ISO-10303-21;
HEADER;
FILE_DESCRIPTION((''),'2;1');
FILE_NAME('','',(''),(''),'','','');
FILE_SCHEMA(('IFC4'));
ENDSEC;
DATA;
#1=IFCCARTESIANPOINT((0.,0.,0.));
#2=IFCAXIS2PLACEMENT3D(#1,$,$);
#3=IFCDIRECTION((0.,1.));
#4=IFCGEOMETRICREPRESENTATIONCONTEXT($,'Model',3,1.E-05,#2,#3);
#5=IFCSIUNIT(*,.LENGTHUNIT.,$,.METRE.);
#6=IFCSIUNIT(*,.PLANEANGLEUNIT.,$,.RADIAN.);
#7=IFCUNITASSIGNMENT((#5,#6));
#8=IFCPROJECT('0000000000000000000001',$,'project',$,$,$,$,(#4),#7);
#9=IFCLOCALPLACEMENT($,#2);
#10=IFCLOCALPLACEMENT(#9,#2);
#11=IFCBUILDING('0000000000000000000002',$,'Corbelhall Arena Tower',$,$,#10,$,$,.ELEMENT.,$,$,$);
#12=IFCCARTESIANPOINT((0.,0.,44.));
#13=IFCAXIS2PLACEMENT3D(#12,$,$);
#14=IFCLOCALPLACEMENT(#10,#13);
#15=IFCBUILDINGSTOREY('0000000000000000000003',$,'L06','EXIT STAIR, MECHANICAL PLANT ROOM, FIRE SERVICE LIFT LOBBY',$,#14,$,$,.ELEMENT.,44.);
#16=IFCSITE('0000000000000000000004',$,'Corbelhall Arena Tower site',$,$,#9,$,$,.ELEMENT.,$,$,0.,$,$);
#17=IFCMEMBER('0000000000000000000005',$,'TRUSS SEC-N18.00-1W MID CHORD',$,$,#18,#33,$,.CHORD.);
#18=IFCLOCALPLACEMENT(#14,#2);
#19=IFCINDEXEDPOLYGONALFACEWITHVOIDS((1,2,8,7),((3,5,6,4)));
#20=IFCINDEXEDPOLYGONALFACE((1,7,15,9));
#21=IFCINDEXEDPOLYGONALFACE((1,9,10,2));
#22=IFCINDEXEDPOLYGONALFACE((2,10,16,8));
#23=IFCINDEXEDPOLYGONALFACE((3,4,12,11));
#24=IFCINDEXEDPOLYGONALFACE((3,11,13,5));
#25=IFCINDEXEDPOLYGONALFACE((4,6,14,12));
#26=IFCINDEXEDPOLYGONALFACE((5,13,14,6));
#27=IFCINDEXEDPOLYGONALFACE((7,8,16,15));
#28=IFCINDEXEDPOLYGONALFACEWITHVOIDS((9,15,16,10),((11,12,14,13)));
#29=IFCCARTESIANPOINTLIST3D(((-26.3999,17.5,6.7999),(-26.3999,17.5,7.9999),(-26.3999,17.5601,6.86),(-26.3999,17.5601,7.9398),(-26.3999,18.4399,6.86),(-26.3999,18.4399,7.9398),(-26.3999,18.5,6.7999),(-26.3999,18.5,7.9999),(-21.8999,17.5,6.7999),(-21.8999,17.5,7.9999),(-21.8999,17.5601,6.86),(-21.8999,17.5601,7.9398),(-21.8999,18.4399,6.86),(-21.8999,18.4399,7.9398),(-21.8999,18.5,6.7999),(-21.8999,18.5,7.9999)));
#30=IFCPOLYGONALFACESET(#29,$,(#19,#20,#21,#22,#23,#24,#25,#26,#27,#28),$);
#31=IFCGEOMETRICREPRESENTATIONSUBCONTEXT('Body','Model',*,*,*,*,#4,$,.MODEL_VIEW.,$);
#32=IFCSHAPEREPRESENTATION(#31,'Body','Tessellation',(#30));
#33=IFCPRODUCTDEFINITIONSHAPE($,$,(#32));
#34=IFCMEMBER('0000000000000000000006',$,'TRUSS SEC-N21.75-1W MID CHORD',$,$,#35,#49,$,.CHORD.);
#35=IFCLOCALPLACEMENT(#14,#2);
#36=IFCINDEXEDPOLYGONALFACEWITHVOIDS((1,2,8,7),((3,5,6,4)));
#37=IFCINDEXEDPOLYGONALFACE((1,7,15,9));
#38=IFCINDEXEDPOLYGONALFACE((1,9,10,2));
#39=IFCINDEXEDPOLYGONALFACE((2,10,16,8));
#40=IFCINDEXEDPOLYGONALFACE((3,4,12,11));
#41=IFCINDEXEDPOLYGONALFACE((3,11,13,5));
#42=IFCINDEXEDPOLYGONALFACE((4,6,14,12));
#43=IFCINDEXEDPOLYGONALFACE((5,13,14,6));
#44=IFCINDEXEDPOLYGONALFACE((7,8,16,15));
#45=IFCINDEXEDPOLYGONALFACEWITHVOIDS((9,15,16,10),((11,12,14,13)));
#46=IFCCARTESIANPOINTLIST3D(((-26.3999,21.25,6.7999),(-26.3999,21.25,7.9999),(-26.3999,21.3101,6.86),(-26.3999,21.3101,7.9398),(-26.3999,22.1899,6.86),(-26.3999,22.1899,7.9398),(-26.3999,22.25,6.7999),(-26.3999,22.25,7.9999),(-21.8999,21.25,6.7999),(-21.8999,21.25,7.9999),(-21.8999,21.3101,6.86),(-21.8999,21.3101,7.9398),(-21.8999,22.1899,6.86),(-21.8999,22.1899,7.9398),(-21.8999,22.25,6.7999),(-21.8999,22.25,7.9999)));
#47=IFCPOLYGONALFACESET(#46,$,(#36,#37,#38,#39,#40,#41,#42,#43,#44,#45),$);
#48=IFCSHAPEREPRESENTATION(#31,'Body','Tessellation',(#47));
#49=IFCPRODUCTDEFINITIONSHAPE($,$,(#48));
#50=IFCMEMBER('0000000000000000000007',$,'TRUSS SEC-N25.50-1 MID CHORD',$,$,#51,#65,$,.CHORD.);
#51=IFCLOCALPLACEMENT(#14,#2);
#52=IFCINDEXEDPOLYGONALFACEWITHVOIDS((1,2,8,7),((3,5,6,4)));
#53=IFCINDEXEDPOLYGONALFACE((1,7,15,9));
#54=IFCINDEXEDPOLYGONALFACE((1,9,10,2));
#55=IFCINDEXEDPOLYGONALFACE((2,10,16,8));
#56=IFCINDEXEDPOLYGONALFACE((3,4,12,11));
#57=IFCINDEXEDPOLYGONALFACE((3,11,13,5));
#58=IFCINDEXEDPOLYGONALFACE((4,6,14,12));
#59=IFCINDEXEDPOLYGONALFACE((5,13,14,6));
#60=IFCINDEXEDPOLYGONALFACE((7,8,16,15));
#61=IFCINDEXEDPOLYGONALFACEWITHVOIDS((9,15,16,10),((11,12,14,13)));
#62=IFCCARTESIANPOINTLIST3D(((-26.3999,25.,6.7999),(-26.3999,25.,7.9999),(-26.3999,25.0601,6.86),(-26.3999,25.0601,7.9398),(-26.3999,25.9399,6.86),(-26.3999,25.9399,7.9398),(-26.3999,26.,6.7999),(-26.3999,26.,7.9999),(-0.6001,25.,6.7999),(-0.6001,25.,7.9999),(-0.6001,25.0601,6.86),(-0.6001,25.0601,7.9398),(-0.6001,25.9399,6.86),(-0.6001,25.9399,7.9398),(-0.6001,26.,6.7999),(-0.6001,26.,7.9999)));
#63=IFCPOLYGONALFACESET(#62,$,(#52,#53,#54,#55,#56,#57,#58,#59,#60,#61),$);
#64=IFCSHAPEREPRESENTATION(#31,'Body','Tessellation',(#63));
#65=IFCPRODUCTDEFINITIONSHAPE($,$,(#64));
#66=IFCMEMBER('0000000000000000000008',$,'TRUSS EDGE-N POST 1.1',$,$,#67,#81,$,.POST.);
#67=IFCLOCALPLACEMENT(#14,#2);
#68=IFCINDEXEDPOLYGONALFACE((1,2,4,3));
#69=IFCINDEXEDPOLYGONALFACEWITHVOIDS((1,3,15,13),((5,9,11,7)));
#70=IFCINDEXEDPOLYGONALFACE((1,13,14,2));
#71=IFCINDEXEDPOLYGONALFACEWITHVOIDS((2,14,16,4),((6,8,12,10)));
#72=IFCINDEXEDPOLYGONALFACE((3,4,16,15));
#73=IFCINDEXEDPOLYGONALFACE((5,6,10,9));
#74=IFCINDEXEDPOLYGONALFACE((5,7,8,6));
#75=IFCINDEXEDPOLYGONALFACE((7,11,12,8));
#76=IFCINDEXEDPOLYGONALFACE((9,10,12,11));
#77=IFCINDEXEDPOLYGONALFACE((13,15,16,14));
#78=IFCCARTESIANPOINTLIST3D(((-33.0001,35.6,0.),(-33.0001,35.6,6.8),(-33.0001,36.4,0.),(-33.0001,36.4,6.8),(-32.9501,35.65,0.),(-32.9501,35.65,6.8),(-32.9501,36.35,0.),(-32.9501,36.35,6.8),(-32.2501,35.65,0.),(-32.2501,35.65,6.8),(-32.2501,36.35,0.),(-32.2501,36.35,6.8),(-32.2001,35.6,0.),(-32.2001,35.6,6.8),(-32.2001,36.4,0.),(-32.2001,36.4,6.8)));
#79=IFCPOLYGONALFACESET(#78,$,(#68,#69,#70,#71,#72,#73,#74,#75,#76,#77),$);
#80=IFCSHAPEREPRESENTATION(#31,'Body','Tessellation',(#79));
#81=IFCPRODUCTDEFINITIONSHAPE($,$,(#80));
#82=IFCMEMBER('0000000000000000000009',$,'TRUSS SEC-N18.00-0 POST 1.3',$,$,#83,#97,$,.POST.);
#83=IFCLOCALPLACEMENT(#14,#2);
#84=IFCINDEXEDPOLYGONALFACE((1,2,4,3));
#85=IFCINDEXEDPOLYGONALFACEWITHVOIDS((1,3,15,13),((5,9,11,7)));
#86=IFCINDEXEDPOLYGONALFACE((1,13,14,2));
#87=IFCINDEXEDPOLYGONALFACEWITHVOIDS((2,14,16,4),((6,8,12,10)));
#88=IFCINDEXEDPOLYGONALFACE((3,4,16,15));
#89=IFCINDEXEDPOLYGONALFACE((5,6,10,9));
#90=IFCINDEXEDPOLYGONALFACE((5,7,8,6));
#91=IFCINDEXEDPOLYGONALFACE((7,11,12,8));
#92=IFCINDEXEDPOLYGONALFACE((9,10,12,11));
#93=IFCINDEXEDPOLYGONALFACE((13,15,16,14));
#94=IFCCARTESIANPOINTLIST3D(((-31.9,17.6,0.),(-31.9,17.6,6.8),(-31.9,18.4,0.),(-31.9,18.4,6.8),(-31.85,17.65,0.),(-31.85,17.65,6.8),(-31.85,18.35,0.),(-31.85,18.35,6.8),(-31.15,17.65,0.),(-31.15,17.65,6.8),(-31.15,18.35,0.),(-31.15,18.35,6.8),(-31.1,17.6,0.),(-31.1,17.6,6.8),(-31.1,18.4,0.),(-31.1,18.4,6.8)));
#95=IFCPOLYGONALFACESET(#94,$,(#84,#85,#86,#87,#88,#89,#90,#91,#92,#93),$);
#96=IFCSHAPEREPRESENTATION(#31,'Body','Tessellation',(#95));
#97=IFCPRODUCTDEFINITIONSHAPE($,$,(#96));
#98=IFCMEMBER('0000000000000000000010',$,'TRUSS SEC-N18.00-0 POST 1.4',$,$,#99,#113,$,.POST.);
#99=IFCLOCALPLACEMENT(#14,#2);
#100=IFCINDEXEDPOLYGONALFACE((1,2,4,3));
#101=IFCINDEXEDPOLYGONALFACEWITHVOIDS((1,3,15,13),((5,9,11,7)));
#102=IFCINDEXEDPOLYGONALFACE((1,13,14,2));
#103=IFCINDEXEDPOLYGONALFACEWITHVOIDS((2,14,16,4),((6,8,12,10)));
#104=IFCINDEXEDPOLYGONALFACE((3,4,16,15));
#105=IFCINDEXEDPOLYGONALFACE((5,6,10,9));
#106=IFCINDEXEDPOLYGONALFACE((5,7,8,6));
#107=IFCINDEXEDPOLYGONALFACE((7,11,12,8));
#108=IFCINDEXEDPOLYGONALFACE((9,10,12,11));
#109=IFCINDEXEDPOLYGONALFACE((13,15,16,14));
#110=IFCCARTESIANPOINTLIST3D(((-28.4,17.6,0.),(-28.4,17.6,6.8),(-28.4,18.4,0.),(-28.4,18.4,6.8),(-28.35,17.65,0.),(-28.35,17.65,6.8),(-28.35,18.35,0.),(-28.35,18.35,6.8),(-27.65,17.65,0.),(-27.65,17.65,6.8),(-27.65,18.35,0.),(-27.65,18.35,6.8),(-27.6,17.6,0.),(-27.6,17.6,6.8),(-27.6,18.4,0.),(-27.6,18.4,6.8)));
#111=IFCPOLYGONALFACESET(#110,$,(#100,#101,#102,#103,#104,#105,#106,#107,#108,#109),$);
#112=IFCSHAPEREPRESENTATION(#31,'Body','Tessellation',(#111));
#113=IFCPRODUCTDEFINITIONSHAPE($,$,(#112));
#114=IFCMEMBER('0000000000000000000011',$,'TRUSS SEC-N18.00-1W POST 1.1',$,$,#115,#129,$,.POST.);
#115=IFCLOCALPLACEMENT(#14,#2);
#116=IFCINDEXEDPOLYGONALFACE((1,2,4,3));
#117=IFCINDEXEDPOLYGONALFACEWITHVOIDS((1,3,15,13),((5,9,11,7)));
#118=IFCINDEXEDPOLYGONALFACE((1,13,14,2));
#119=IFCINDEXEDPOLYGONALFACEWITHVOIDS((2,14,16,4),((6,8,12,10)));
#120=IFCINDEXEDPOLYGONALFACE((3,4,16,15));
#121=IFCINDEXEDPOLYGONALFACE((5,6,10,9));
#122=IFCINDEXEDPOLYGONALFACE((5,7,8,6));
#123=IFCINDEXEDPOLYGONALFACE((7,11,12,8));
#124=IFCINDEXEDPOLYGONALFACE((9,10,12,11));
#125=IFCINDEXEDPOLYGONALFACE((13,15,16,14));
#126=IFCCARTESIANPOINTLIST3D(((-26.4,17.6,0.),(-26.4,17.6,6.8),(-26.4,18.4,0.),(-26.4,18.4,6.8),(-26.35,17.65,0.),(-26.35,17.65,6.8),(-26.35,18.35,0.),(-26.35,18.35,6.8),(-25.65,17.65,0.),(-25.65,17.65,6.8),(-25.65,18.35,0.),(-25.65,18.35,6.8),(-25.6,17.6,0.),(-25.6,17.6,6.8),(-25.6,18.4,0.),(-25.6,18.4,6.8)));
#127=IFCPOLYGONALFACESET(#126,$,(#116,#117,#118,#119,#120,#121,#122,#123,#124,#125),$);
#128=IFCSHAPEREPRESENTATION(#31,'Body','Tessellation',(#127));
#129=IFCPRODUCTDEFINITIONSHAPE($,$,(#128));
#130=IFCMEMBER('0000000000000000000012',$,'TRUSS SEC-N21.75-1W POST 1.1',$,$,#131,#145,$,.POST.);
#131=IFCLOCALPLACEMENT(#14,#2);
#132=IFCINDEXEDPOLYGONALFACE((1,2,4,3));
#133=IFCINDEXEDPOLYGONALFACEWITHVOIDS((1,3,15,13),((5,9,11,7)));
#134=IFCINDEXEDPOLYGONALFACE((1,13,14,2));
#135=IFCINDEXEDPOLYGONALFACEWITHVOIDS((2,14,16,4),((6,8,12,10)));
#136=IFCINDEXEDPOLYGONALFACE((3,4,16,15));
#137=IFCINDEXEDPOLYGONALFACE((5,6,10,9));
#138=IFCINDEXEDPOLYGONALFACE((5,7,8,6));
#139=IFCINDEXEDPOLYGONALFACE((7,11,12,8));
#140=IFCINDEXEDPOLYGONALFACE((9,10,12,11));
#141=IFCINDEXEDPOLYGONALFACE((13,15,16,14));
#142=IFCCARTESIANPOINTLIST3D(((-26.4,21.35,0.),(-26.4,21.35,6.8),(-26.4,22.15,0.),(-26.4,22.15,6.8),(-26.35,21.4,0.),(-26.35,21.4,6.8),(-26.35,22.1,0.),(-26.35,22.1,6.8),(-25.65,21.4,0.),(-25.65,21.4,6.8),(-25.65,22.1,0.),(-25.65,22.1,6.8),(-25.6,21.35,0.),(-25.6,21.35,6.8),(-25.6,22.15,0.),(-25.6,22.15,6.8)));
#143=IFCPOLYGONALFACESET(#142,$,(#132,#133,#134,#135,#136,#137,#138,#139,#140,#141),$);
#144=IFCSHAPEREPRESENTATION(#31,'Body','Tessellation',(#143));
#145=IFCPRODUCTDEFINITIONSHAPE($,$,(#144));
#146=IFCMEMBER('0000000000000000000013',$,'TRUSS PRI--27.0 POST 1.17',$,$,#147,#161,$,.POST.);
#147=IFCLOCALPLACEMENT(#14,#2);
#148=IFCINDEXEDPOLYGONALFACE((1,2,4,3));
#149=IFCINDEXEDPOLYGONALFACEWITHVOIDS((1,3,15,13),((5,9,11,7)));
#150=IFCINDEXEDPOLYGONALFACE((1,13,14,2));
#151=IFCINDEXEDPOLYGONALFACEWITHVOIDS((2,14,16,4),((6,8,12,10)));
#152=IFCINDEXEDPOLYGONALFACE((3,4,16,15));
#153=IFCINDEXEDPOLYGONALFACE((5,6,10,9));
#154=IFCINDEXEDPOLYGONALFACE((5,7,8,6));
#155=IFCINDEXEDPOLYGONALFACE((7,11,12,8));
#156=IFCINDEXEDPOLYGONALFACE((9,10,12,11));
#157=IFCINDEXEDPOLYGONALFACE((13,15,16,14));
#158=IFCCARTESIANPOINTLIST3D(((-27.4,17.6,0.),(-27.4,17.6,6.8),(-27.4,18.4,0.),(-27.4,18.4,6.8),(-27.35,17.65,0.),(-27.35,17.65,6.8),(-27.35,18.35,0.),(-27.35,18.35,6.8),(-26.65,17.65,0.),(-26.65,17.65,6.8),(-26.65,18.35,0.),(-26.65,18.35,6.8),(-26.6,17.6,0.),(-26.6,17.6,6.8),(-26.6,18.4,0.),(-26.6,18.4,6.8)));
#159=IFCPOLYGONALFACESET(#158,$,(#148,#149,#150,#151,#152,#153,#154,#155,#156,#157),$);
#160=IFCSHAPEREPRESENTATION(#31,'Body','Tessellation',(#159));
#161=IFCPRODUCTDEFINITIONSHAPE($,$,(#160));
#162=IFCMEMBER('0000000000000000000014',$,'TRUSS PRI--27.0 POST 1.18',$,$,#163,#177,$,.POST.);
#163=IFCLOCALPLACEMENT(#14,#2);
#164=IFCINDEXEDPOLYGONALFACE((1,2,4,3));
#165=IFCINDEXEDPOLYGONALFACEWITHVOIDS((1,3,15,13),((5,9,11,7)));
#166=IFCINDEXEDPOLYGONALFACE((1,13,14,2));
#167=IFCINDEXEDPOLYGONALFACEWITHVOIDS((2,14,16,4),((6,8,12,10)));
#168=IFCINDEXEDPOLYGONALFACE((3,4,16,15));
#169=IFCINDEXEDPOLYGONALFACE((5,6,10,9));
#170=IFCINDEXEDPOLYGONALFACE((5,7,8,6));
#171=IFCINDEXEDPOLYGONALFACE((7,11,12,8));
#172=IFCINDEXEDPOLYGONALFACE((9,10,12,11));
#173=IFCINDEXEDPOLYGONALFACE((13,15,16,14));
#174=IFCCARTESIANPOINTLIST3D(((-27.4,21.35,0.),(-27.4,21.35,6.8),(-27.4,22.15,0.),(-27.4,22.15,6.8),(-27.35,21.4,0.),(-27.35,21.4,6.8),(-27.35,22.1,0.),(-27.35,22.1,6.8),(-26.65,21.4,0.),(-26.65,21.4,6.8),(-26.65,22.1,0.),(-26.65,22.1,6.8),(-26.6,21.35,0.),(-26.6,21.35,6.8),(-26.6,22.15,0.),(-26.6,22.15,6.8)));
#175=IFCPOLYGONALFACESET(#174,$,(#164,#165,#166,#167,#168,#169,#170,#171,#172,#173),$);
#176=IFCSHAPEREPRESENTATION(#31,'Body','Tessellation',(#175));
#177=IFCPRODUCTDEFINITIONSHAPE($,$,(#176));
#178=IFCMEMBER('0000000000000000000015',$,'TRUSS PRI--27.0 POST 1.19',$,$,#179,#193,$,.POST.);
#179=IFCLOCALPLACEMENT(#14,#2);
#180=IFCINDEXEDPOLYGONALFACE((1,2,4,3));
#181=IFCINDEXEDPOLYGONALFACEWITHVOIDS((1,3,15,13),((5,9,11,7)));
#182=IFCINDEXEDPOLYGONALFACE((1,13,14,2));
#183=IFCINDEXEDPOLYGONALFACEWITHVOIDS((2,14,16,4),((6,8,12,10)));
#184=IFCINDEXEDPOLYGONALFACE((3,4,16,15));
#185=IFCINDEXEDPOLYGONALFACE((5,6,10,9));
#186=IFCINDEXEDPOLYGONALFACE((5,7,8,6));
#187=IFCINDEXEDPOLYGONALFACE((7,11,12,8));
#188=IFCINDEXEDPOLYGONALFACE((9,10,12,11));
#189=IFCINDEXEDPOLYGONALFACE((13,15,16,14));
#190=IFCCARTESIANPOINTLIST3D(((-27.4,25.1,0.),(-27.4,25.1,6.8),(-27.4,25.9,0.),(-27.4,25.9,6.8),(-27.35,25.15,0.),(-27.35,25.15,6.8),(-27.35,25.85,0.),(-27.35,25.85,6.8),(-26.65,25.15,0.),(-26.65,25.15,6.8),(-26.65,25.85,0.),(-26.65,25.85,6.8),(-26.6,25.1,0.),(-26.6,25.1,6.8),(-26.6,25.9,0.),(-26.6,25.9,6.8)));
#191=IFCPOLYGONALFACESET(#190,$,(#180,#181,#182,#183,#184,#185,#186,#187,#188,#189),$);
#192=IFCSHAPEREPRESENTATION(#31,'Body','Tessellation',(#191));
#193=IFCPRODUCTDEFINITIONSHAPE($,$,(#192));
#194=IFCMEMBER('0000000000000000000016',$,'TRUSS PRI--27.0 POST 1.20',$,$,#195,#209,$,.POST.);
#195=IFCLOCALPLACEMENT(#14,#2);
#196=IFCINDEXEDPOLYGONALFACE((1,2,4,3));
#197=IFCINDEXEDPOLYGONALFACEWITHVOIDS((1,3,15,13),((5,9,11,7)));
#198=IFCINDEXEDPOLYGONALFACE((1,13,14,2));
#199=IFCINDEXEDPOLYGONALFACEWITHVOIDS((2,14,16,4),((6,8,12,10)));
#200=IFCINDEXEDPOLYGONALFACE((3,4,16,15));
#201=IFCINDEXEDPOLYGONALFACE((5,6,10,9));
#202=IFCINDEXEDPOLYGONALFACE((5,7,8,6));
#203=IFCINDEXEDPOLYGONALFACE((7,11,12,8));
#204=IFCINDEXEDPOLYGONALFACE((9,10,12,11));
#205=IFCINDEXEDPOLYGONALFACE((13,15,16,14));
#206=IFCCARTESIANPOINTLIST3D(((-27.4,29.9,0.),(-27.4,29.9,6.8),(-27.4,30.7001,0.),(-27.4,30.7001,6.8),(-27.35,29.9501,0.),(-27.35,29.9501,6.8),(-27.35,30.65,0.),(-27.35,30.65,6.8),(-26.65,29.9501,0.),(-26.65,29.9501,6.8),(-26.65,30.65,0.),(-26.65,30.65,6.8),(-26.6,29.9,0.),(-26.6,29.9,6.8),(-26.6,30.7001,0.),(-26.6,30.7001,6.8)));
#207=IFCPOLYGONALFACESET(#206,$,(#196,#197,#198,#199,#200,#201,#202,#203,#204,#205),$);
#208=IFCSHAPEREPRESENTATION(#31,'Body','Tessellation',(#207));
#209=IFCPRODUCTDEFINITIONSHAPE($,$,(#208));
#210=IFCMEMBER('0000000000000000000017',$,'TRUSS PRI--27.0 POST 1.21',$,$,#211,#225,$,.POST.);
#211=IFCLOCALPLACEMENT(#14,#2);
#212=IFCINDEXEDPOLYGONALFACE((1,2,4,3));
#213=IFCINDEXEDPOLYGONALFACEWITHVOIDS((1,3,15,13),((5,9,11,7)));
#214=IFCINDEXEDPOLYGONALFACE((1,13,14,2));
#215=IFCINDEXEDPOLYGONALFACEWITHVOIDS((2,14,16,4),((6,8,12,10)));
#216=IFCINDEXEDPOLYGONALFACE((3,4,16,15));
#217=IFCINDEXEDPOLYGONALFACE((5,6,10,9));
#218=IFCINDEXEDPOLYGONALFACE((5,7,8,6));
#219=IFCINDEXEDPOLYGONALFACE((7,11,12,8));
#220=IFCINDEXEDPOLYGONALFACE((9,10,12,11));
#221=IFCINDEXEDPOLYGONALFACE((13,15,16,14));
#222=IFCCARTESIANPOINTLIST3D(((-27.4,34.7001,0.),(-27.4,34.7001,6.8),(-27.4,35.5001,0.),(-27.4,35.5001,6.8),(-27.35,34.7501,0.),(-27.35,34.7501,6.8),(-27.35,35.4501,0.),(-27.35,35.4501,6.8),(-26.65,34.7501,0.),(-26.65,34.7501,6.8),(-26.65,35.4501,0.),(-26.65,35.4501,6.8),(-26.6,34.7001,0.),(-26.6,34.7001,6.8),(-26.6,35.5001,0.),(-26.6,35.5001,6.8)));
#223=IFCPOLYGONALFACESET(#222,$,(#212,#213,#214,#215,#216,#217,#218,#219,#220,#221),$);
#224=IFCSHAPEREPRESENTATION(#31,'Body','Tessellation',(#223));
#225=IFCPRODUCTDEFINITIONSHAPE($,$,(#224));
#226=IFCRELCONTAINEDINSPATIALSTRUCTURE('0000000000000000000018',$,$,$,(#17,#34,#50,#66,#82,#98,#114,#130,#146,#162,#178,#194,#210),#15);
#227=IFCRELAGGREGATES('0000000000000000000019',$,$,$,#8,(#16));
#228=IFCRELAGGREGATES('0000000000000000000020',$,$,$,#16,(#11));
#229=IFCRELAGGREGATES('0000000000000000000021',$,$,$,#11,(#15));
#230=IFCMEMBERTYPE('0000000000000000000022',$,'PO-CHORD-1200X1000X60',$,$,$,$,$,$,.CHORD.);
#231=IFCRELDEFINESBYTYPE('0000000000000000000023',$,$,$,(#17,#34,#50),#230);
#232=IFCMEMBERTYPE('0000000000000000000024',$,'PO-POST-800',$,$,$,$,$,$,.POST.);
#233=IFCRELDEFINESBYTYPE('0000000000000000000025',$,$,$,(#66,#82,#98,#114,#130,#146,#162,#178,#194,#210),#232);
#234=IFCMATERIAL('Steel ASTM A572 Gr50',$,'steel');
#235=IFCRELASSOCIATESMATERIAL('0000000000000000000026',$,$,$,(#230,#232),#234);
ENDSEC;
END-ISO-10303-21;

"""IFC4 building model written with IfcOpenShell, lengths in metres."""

from ifc_helpers import new_model, si_unit, direction, frame, origin, origin_2d, place, context, subcontext, project, spatial, hollow_rectangle, extrude, material, material_profile, profile_set, type_object, element, save


model = new_model("IFC4")

# Units and contexts
model_context = context("Model", 3, precision=1e-05, world=origin(), true_north=direction((0.0, 1.0)))
body_context = subcontext(model_context, "Body", "Model", "MODEL_VIEW")
ifc_project = project(units=[si_unit("LENGTHUNIT", "METRE"), si_unit("PLANEANGLEUNIT", "RADIAN")], contexts=[model_context])

# Site, building, storey
site_placement = place(None, origin())
site = spatial("IfcSite", under=ifc_project, at=site_placement, Name="Corbelhall Arena Tower site", CompositionType="ELEMENT", RefElevation=0.0)
building_placement = place(site_placement, origin())
building = spatial("IfcBuilding", under=site, at=building_placement, Name="Corbelhall Arena Tower", CompositionType="ELEMENT")
storey_placement = place(building_placement, frame((0.0, 0.0, 44.0)))
storey = spatial("IfcBuildingStorey", under=building, at=storey_placement, Name="L06", Description="EXIT STAIR, MECHANICAL PLANT ROOM, FIRE SERVICE LIFT LOBBY", CompositionType="ELEMENT", Elevation=44.0)

# Members
ifc_material_1 = material(Name="Steel ASTM A572 Gr50", Category="steel")
ifc_material_profile_1 = material_profile(ifc_material_1, hollow_rectangle(XDim=1.0, YDim=1.2, WallThickness=0.0601, at=origin_2d()))
ifc_profile_set_1 = profile_set([ifc_material_profile_1], Name="Steel ASTM A572 Gr50")
member_type_1 = type_object("IfcMemberType", Name="PO-CHORD-1200X1000X60", PredefinedType="CHORD", material=ifc_profile_set_1)
for number, where, z_axis, x_axis, name in (
    (1, (-26.3999, 18.0, 7.3999), (1.0, 0.0, 0.0), (0.0, 1.0, 0.0), "TRUSS SEC-N18.00-1W MID CHORD"),
    (2, (-26.3999, 21.75, 7.3999), (1.0, 0.0, 0.0), (0.0, 1.0, 0.0), "TRUSS SEC-N21.75-1W MID CHORD"),
):
    element("IfcMember", number, at=place(storey_placement, frame(where, z_axis=z_axis, x_axis=x_axis)), inside=storey, type_object=member_type_1, Name=name, PredefinedType="CHORD", context=body_context, shape_type="SweptSolid", body=[
        extrude(hollow_rectangle(XDim=1.0, YDim=1.2, WallThickness=0.0601, at=origin_2d()), origin(), (0.0, 0.0, 1.0), 4.5),
    ])
member_1_placement = place(storey_placement, frame((-26.3999, 25.5, 7.3999), z_axis=(1.0, 0.0, 0.0), x_axis=(0.0, 1.0, 0.0)))
element("IfcMember", 3, at=member_1_placement, inside=storey, type_object=member_type_1, Name="TRUSS SEC-N25.50-1 MID CHORD", PredefinedType="CHORD", context=body_context, shape_type="SweptSolid", body=[
    extrude(hollow_rectangle(XDim=1.0, YDim=1.2, WallThickness=0.0601, at=origin_2d()), origin(), (0.0, 0.0, 1.0), 25.7998),
])
ifc_material_profile_2 = material_profile(ifc_material_1, hollow_rectangle(XDim=0.8, YDim=0.8, WallThickness=0.05, at=origin_2d()))
ifc_profile_set_2 = profile_set([ifc_material_profile_2], Name="Steel ASTM A572 Gr50")
member_type_2 = type_object("IfcMemberType", Name="PO-POST-800", PredefinedType="POST", material=ifc_profile_set_2)
for number, where, z_axis, x_axis, name in (
    (4, (-32.6001, 36.0, 0.0), (0.0, 0.0, 1.0), (1.0, 0.0, 0.0), "TRUSS EDGE-N POST 1.1"),
    (5, (-31.5, 18.0, 0.0), (0.0, 0.0, 1.0), (1.0, 0.0, 0.0), "TRUSS SEC-N18.00-0 POST 1.3"),
    (6, (-28.0, 18.0, 0.0), (0.0, 0.0, 1.0), (1.0, 0.0, 0.0), "TRUSS SEC-N18.00-0 POST 1.4"),
    (7, (-26.0, 18.0, 0.0), (0.0, 0.0, 1.0), (1.0, 0.0, 0.0), "TRUSS SEC-N18.00-1W POST 1.1"),
    (8, (-26.0, 21.75, 0.0), (0.0, 0.0, 1.0), (1.0, 0.0, 0.0), "TRUSS SEC-N21.75-1W POST 1.1"),
    (9, (-27.0, 18.0, 0.0), (0.0, 0.0, 1.0), (1.0, 0.0, 0.0), "TRUSS PRI--27.0 POST 1.17"),
    (10, (-27.0, 21.75, 0.0), (0.0, 0.0, 1.0), (1.0, 0.0, 0.0), "TRUSS PRI--27.0 POST 1.18"),
    (11, (-27.0, 25.5, 0.0), (0.0, 0.0, 1.0), (1.0, 0.0, 0.0), "TRUSS PRI--27.0 POST 1.19"),
    (12, (-27.0, 30.3, 0.0), (0.0, 0.0, 1.0), (1.0, 0.0, 0.0), "TRUSS PRI--27.0 POST 1.20"),
    (13, (-27.0, 35.1001, 0.0), (0.0, 0.0, 1.0), (1.0, 0.0, 0.0), "TRUSS PRI--27.0 POST 1.21"),
):
    element("IfcMember", number, at=place(storey_placement, frame(where, z_axis=z_axis, x_axis=x_axis)), inside=storey, type_object=member_type_2, Name=name, PredefinedType="POST", context=body_context, shape_type="SweptSolid", body=[
        extrude(hollow_rectangle(XDim=0.8, YDim=0.8, WallThickness=0.05, at=origin_2d()), origin(), (0.0, 0.0, 1.0), 6.8),
    ])

save(model, "model.ifc")
